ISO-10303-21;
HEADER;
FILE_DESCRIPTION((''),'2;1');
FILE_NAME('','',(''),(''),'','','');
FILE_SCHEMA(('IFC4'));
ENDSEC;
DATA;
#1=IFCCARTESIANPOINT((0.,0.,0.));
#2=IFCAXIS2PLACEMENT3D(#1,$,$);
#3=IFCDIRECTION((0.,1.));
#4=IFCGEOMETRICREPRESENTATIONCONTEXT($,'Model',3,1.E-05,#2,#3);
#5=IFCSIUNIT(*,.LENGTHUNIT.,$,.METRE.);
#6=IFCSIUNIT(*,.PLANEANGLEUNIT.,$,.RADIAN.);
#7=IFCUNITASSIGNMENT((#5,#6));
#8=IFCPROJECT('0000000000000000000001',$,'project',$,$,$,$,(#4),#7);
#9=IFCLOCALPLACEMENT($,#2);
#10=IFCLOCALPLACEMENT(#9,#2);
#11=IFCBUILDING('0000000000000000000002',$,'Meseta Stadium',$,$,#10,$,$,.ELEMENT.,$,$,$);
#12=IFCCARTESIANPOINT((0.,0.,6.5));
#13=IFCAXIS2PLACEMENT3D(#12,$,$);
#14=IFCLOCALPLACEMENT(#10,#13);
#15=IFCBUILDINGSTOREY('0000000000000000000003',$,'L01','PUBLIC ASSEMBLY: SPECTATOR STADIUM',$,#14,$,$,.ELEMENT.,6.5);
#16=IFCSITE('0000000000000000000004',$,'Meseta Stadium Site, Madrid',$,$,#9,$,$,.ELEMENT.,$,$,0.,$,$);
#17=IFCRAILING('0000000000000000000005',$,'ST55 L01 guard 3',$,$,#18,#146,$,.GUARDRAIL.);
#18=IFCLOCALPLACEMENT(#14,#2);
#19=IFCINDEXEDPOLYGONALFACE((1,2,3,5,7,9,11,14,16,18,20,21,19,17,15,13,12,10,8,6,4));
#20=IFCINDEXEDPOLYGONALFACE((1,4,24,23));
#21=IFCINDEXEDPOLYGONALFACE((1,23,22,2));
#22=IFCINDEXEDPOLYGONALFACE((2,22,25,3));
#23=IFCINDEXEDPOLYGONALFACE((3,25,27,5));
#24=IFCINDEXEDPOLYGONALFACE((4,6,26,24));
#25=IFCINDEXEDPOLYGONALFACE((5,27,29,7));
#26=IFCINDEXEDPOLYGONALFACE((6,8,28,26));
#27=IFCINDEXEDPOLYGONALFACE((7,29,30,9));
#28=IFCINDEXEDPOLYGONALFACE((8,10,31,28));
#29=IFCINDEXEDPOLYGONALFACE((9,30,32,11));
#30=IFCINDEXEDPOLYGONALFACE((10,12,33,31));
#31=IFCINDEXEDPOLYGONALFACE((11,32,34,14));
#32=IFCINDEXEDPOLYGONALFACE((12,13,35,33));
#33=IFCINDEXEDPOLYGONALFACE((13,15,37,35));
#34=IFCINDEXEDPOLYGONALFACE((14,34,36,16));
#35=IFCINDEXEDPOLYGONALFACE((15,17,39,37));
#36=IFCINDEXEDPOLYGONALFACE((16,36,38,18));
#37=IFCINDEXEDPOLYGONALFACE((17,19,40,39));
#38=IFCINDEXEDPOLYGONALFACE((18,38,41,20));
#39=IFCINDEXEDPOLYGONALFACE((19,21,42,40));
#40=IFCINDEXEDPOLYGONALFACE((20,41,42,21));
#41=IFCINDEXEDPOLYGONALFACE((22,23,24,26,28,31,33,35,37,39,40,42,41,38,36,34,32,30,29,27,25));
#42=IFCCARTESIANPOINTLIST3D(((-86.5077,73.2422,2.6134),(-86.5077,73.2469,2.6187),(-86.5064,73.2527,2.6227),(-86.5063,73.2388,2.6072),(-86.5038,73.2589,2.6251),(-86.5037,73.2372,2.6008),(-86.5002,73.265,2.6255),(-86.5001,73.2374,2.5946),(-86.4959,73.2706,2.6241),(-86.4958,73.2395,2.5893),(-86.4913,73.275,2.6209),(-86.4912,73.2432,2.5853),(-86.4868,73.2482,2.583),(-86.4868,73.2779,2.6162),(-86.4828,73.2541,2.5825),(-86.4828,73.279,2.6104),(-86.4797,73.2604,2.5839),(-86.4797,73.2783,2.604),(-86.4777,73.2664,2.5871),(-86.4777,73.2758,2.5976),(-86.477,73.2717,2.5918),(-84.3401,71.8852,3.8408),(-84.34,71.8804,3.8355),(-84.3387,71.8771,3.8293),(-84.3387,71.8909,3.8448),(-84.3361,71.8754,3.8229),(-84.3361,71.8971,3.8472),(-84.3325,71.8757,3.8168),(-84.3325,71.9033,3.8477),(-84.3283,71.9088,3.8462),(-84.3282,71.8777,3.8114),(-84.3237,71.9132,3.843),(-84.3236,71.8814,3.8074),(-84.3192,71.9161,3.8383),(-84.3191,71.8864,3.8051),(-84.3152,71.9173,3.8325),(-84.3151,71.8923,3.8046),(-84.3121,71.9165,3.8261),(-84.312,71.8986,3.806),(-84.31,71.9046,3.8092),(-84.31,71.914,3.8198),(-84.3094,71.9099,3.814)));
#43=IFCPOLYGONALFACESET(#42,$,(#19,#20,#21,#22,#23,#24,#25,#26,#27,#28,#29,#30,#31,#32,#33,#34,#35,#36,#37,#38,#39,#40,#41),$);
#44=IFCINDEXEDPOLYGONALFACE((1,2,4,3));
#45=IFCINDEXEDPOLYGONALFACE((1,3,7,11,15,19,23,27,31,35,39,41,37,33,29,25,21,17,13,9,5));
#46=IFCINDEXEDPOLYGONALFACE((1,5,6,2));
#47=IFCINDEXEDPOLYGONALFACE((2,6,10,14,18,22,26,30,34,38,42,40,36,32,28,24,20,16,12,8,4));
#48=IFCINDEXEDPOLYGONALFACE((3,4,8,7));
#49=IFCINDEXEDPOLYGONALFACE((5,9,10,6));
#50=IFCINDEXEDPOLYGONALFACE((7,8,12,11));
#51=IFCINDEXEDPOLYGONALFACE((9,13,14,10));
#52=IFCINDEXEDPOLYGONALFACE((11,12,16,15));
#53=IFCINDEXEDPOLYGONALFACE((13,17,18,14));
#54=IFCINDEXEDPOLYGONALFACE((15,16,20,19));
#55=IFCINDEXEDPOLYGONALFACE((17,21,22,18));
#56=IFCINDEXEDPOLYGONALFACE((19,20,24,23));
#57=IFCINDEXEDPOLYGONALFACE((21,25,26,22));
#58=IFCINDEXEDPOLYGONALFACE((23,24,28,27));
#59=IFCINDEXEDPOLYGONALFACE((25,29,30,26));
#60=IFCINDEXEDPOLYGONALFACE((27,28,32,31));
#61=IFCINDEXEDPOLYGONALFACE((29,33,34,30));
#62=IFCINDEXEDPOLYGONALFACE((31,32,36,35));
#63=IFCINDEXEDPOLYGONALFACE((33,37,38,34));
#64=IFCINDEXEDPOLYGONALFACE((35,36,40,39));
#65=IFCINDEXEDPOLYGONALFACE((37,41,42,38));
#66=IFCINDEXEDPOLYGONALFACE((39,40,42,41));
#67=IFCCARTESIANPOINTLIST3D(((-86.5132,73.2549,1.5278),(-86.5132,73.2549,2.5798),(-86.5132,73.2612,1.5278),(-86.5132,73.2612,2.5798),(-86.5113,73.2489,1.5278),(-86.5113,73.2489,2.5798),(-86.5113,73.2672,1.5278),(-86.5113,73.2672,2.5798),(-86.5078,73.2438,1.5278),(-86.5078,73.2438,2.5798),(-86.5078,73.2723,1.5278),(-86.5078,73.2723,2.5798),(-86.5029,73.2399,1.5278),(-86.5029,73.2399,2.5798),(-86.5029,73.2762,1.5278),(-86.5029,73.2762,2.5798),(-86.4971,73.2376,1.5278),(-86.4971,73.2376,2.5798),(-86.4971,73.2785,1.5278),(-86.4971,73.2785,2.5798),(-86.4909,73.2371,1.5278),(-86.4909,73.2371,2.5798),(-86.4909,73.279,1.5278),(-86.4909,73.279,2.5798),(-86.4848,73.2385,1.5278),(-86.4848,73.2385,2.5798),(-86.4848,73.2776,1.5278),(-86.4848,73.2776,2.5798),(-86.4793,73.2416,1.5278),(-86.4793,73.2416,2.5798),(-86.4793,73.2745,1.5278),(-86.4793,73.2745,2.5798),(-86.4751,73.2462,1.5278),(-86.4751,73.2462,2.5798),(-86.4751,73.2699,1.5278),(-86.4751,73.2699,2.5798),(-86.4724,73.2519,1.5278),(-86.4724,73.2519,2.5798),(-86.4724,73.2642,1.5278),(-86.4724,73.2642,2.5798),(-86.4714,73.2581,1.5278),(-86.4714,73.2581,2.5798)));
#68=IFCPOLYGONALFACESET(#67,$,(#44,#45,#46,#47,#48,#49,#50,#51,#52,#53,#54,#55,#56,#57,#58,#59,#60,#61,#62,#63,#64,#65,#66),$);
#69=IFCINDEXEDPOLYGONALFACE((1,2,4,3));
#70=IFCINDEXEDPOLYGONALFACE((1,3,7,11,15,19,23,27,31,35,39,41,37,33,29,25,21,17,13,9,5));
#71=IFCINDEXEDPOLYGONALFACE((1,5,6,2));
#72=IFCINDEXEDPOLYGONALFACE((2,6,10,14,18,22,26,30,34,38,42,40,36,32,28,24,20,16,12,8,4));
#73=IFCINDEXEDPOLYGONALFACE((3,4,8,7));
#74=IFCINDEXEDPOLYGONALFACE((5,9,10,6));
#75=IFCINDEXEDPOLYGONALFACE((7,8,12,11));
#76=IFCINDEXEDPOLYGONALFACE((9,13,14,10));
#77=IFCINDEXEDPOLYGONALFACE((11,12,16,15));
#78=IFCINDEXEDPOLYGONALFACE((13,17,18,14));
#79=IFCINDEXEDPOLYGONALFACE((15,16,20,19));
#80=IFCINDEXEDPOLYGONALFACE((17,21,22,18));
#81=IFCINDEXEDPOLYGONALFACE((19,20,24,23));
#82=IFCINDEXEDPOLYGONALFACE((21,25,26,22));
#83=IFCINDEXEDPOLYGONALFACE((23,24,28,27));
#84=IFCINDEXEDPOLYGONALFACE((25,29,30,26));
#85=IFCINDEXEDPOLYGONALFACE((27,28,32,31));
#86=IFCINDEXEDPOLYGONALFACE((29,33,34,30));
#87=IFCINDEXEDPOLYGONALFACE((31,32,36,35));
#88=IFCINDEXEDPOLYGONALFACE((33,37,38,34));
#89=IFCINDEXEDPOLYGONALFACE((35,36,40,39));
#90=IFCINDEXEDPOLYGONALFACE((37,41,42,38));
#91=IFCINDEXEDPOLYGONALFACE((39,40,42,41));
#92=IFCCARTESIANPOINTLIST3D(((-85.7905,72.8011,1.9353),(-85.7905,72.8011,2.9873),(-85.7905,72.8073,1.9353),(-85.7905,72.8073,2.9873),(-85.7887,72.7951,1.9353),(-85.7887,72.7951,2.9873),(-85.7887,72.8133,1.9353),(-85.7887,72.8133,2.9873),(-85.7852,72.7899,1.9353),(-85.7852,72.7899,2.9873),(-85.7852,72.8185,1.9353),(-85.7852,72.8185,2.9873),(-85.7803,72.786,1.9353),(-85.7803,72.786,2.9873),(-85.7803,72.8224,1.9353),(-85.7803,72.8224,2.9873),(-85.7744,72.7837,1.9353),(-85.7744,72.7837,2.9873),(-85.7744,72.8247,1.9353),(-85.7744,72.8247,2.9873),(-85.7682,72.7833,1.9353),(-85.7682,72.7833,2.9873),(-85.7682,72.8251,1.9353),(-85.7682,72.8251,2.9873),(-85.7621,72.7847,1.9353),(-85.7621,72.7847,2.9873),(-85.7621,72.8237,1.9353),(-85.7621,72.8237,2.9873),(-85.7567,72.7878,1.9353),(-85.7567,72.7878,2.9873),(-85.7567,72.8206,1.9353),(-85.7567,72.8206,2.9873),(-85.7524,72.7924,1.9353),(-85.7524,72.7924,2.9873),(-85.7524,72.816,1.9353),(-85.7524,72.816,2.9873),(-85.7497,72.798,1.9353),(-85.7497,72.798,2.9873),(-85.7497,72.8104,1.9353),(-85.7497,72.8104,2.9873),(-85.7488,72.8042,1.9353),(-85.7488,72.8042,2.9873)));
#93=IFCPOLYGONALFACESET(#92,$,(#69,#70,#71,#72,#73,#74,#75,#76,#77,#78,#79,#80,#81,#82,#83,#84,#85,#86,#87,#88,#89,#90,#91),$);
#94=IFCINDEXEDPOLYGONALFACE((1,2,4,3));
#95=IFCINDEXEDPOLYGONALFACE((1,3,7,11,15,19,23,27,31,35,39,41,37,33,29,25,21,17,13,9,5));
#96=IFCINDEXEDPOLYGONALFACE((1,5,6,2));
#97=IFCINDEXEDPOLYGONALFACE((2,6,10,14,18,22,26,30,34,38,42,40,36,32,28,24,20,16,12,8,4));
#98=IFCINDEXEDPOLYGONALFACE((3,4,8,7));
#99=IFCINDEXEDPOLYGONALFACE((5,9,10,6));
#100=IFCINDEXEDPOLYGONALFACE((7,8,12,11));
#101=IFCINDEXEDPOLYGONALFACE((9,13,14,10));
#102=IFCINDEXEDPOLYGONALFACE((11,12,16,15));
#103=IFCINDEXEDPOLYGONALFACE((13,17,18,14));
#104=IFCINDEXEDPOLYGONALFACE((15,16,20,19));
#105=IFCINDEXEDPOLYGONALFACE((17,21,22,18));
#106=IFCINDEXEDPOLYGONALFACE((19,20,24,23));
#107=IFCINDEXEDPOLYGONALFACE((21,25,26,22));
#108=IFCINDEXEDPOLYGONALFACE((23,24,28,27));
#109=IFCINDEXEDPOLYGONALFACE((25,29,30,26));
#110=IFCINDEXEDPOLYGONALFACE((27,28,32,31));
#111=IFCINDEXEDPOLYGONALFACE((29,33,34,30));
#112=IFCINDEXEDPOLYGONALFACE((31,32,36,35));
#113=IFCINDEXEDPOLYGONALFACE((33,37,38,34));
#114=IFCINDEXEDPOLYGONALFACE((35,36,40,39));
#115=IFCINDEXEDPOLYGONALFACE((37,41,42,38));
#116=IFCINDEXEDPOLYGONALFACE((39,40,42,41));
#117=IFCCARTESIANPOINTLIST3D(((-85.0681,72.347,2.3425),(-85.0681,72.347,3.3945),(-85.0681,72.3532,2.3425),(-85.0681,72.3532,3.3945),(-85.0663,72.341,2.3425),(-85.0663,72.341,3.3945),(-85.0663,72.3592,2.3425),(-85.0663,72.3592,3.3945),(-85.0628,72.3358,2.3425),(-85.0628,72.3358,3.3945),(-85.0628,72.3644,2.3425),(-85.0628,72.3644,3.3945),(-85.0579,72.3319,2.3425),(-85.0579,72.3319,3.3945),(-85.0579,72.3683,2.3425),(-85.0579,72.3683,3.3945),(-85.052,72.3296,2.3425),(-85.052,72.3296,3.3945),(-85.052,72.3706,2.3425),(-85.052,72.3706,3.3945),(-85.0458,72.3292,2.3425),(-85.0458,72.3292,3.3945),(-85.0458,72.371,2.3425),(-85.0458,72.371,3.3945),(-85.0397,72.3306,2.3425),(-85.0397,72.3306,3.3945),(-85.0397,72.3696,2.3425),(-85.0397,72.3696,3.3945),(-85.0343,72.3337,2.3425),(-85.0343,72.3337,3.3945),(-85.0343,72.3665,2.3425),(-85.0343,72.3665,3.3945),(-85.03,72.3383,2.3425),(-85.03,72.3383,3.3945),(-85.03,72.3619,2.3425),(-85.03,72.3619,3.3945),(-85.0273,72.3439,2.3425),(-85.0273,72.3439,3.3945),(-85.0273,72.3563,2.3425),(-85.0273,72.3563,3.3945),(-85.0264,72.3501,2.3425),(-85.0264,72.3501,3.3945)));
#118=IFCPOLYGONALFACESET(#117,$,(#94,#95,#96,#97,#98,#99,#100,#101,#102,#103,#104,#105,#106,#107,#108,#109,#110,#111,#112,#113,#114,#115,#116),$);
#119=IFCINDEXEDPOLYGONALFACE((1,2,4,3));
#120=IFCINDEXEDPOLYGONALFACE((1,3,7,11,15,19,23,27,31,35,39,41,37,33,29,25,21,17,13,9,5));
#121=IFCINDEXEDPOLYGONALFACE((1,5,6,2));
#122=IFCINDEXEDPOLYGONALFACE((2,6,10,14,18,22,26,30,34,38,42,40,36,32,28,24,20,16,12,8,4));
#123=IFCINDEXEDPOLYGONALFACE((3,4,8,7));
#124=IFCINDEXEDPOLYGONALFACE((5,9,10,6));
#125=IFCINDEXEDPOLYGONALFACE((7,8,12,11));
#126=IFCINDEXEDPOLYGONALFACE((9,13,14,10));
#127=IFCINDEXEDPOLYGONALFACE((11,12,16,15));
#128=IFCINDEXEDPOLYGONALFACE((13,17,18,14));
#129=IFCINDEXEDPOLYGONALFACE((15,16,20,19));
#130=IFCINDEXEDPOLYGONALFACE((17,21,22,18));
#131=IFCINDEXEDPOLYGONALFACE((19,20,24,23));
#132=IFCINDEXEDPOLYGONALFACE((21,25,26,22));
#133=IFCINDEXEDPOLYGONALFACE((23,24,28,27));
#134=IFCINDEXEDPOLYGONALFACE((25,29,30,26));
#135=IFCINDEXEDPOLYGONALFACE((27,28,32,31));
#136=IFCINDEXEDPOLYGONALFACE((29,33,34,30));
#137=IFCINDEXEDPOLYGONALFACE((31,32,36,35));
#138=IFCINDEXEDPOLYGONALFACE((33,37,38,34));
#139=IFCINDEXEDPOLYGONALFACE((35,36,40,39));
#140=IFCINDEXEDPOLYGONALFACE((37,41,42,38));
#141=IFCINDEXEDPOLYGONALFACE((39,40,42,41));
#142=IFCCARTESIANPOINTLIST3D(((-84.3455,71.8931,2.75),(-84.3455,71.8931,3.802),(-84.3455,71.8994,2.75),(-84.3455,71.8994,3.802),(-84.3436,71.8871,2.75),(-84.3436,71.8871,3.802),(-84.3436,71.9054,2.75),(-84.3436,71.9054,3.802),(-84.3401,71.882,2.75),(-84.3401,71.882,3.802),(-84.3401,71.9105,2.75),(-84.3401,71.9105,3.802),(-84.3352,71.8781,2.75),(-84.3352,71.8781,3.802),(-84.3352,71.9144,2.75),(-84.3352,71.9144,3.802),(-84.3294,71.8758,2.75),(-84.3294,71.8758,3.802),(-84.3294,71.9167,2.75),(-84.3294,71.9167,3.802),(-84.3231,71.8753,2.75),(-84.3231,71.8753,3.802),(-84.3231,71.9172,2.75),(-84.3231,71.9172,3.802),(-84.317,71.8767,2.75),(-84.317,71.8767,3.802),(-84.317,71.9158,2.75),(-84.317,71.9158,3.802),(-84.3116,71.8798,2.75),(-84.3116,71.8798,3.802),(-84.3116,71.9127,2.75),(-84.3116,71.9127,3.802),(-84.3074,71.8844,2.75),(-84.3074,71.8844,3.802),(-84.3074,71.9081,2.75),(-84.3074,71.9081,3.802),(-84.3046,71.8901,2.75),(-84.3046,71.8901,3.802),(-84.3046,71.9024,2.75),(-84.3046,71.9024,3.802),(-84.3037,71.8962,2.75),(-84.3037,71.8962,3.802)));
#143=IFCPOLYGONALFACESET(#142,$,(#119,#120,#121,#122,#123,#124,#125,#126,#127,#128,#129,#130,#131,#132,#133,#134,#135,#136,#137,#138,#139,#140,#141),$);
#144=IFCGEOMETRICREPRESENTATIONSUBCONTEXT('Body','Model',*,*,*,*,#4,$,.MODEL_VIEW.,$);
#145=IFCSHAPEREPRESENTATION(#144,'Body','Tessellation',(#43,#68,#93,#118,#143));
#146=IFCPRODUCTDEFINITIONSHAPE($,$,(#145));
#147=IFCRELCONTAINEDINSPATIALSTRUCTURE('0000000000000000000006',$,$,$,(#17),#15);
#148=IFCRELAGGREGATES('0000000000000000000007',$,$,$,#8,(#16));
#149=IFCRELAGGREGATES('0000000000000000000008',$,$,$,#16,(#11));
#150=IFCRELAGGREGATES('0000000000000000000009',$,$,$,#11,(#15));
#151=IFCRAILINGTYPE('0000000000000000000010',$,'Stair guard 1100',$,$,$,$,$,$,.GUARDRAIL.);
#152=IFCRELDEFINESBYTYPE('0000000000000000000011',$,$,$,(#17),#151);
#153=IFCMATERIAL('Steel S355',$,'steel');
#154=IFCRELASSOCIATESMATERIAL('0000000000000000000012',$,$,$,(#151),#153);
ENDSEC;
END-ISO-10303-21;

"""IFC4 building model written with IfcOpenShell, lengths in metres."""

from ifc_helpers import new_model, si_unit, direction, frame, origin, origin_2d, place, context, subcontext, project, spatial, circle, extrude, material, type_object, element, save


model = new_model("IFC4")

# Units and contexts
model_context = context("Model", 3, precision=1e-05, world=origin(), true_north=direction((0.0, 1.0)))
body_context = subcontext(model_context, "Body", "Model", "MODEL_VIEW")
ifc_project = project(units=[si_unit("LENGTHUNIT", "METRE"), si_unit("PLANEANGLEUNIT", "RADIAN")], contexts=[model_context])

# Site, building, storey
site_placement = place(None, origin())
site = spatial("IfcSite", under=ifc_project, at=site_placement, Name="Meseta Stadium Site, Madrid", CompositionType="ELEMENT", RefElevation=0.0)
building_placement = place(site_placement, origin())
building = spatial("IfcBuilding", under=site, at=building_placement, Name="Meseta Stadium", CompositionType="ELEMENT")
storey_placement = place(building_placement, frame((0.0, 0.0, 6.5)))
storey = spatial("IfcBuildingStorey", under=building, at=storey_placement, Name="L01", Description="PUBLIC ASSEMBLY: SPECTATOR STADIUM", CompositionType="ELEMENT", Elevation=6.5)

# Railing
ifc_material_1 = material(Name="Steel S355", Category="steel")
railing_type_1 = type_object("IfcRailingType", Name="Stair guard 1100", PredefinedType="GUARDRAIL", material=ifc_material_1)
railing_1_placement = place(storey_placement, frame((-86.4924, 73.2581, 1.5278)))
element("IfcRailing", 1, at=railing_1_placement, inside=storey, type_object=railing_type_1, Name="ST55 L01 guard 3", PredefinedType="GUARDRAIL", context=body_context, shape_type="SweptSolid", body=[
    extrude(circle(Radius=0.0239, at=origin_2d()), frame((0.0, 0.0, 1.0762), z_axis=(0.764152, -0.480059, 0.430831), x_axis=(0.531961, 0.846769, 0.0)), (0.0, 0.0, 1.0), 2.8367),
    extrude(circle(Radius=0.021, at=origin_2d()), origin(), (0.0, 0.0, 1.0), 1.052),
    extrude(circle(Radius=0.021, at=origin_2d()), frame((0.7227, -0.4539, 0.4075)), (0.0, 0.0, 1.0), 1.052),
    extrude(circle(Radius=0.021, at=origin_2d()), frame((1.4451, -0.908, 0.8147)), (0.0, 0.0, 1.0), 1.052),
    extrude(circle(Radius=0.021, at=origin_2d()), frame((2.1677, -1.3618, 1.2222)), (0.0, 0.0, 1.0), 1.052),
])

save(model, "model.ifc")
